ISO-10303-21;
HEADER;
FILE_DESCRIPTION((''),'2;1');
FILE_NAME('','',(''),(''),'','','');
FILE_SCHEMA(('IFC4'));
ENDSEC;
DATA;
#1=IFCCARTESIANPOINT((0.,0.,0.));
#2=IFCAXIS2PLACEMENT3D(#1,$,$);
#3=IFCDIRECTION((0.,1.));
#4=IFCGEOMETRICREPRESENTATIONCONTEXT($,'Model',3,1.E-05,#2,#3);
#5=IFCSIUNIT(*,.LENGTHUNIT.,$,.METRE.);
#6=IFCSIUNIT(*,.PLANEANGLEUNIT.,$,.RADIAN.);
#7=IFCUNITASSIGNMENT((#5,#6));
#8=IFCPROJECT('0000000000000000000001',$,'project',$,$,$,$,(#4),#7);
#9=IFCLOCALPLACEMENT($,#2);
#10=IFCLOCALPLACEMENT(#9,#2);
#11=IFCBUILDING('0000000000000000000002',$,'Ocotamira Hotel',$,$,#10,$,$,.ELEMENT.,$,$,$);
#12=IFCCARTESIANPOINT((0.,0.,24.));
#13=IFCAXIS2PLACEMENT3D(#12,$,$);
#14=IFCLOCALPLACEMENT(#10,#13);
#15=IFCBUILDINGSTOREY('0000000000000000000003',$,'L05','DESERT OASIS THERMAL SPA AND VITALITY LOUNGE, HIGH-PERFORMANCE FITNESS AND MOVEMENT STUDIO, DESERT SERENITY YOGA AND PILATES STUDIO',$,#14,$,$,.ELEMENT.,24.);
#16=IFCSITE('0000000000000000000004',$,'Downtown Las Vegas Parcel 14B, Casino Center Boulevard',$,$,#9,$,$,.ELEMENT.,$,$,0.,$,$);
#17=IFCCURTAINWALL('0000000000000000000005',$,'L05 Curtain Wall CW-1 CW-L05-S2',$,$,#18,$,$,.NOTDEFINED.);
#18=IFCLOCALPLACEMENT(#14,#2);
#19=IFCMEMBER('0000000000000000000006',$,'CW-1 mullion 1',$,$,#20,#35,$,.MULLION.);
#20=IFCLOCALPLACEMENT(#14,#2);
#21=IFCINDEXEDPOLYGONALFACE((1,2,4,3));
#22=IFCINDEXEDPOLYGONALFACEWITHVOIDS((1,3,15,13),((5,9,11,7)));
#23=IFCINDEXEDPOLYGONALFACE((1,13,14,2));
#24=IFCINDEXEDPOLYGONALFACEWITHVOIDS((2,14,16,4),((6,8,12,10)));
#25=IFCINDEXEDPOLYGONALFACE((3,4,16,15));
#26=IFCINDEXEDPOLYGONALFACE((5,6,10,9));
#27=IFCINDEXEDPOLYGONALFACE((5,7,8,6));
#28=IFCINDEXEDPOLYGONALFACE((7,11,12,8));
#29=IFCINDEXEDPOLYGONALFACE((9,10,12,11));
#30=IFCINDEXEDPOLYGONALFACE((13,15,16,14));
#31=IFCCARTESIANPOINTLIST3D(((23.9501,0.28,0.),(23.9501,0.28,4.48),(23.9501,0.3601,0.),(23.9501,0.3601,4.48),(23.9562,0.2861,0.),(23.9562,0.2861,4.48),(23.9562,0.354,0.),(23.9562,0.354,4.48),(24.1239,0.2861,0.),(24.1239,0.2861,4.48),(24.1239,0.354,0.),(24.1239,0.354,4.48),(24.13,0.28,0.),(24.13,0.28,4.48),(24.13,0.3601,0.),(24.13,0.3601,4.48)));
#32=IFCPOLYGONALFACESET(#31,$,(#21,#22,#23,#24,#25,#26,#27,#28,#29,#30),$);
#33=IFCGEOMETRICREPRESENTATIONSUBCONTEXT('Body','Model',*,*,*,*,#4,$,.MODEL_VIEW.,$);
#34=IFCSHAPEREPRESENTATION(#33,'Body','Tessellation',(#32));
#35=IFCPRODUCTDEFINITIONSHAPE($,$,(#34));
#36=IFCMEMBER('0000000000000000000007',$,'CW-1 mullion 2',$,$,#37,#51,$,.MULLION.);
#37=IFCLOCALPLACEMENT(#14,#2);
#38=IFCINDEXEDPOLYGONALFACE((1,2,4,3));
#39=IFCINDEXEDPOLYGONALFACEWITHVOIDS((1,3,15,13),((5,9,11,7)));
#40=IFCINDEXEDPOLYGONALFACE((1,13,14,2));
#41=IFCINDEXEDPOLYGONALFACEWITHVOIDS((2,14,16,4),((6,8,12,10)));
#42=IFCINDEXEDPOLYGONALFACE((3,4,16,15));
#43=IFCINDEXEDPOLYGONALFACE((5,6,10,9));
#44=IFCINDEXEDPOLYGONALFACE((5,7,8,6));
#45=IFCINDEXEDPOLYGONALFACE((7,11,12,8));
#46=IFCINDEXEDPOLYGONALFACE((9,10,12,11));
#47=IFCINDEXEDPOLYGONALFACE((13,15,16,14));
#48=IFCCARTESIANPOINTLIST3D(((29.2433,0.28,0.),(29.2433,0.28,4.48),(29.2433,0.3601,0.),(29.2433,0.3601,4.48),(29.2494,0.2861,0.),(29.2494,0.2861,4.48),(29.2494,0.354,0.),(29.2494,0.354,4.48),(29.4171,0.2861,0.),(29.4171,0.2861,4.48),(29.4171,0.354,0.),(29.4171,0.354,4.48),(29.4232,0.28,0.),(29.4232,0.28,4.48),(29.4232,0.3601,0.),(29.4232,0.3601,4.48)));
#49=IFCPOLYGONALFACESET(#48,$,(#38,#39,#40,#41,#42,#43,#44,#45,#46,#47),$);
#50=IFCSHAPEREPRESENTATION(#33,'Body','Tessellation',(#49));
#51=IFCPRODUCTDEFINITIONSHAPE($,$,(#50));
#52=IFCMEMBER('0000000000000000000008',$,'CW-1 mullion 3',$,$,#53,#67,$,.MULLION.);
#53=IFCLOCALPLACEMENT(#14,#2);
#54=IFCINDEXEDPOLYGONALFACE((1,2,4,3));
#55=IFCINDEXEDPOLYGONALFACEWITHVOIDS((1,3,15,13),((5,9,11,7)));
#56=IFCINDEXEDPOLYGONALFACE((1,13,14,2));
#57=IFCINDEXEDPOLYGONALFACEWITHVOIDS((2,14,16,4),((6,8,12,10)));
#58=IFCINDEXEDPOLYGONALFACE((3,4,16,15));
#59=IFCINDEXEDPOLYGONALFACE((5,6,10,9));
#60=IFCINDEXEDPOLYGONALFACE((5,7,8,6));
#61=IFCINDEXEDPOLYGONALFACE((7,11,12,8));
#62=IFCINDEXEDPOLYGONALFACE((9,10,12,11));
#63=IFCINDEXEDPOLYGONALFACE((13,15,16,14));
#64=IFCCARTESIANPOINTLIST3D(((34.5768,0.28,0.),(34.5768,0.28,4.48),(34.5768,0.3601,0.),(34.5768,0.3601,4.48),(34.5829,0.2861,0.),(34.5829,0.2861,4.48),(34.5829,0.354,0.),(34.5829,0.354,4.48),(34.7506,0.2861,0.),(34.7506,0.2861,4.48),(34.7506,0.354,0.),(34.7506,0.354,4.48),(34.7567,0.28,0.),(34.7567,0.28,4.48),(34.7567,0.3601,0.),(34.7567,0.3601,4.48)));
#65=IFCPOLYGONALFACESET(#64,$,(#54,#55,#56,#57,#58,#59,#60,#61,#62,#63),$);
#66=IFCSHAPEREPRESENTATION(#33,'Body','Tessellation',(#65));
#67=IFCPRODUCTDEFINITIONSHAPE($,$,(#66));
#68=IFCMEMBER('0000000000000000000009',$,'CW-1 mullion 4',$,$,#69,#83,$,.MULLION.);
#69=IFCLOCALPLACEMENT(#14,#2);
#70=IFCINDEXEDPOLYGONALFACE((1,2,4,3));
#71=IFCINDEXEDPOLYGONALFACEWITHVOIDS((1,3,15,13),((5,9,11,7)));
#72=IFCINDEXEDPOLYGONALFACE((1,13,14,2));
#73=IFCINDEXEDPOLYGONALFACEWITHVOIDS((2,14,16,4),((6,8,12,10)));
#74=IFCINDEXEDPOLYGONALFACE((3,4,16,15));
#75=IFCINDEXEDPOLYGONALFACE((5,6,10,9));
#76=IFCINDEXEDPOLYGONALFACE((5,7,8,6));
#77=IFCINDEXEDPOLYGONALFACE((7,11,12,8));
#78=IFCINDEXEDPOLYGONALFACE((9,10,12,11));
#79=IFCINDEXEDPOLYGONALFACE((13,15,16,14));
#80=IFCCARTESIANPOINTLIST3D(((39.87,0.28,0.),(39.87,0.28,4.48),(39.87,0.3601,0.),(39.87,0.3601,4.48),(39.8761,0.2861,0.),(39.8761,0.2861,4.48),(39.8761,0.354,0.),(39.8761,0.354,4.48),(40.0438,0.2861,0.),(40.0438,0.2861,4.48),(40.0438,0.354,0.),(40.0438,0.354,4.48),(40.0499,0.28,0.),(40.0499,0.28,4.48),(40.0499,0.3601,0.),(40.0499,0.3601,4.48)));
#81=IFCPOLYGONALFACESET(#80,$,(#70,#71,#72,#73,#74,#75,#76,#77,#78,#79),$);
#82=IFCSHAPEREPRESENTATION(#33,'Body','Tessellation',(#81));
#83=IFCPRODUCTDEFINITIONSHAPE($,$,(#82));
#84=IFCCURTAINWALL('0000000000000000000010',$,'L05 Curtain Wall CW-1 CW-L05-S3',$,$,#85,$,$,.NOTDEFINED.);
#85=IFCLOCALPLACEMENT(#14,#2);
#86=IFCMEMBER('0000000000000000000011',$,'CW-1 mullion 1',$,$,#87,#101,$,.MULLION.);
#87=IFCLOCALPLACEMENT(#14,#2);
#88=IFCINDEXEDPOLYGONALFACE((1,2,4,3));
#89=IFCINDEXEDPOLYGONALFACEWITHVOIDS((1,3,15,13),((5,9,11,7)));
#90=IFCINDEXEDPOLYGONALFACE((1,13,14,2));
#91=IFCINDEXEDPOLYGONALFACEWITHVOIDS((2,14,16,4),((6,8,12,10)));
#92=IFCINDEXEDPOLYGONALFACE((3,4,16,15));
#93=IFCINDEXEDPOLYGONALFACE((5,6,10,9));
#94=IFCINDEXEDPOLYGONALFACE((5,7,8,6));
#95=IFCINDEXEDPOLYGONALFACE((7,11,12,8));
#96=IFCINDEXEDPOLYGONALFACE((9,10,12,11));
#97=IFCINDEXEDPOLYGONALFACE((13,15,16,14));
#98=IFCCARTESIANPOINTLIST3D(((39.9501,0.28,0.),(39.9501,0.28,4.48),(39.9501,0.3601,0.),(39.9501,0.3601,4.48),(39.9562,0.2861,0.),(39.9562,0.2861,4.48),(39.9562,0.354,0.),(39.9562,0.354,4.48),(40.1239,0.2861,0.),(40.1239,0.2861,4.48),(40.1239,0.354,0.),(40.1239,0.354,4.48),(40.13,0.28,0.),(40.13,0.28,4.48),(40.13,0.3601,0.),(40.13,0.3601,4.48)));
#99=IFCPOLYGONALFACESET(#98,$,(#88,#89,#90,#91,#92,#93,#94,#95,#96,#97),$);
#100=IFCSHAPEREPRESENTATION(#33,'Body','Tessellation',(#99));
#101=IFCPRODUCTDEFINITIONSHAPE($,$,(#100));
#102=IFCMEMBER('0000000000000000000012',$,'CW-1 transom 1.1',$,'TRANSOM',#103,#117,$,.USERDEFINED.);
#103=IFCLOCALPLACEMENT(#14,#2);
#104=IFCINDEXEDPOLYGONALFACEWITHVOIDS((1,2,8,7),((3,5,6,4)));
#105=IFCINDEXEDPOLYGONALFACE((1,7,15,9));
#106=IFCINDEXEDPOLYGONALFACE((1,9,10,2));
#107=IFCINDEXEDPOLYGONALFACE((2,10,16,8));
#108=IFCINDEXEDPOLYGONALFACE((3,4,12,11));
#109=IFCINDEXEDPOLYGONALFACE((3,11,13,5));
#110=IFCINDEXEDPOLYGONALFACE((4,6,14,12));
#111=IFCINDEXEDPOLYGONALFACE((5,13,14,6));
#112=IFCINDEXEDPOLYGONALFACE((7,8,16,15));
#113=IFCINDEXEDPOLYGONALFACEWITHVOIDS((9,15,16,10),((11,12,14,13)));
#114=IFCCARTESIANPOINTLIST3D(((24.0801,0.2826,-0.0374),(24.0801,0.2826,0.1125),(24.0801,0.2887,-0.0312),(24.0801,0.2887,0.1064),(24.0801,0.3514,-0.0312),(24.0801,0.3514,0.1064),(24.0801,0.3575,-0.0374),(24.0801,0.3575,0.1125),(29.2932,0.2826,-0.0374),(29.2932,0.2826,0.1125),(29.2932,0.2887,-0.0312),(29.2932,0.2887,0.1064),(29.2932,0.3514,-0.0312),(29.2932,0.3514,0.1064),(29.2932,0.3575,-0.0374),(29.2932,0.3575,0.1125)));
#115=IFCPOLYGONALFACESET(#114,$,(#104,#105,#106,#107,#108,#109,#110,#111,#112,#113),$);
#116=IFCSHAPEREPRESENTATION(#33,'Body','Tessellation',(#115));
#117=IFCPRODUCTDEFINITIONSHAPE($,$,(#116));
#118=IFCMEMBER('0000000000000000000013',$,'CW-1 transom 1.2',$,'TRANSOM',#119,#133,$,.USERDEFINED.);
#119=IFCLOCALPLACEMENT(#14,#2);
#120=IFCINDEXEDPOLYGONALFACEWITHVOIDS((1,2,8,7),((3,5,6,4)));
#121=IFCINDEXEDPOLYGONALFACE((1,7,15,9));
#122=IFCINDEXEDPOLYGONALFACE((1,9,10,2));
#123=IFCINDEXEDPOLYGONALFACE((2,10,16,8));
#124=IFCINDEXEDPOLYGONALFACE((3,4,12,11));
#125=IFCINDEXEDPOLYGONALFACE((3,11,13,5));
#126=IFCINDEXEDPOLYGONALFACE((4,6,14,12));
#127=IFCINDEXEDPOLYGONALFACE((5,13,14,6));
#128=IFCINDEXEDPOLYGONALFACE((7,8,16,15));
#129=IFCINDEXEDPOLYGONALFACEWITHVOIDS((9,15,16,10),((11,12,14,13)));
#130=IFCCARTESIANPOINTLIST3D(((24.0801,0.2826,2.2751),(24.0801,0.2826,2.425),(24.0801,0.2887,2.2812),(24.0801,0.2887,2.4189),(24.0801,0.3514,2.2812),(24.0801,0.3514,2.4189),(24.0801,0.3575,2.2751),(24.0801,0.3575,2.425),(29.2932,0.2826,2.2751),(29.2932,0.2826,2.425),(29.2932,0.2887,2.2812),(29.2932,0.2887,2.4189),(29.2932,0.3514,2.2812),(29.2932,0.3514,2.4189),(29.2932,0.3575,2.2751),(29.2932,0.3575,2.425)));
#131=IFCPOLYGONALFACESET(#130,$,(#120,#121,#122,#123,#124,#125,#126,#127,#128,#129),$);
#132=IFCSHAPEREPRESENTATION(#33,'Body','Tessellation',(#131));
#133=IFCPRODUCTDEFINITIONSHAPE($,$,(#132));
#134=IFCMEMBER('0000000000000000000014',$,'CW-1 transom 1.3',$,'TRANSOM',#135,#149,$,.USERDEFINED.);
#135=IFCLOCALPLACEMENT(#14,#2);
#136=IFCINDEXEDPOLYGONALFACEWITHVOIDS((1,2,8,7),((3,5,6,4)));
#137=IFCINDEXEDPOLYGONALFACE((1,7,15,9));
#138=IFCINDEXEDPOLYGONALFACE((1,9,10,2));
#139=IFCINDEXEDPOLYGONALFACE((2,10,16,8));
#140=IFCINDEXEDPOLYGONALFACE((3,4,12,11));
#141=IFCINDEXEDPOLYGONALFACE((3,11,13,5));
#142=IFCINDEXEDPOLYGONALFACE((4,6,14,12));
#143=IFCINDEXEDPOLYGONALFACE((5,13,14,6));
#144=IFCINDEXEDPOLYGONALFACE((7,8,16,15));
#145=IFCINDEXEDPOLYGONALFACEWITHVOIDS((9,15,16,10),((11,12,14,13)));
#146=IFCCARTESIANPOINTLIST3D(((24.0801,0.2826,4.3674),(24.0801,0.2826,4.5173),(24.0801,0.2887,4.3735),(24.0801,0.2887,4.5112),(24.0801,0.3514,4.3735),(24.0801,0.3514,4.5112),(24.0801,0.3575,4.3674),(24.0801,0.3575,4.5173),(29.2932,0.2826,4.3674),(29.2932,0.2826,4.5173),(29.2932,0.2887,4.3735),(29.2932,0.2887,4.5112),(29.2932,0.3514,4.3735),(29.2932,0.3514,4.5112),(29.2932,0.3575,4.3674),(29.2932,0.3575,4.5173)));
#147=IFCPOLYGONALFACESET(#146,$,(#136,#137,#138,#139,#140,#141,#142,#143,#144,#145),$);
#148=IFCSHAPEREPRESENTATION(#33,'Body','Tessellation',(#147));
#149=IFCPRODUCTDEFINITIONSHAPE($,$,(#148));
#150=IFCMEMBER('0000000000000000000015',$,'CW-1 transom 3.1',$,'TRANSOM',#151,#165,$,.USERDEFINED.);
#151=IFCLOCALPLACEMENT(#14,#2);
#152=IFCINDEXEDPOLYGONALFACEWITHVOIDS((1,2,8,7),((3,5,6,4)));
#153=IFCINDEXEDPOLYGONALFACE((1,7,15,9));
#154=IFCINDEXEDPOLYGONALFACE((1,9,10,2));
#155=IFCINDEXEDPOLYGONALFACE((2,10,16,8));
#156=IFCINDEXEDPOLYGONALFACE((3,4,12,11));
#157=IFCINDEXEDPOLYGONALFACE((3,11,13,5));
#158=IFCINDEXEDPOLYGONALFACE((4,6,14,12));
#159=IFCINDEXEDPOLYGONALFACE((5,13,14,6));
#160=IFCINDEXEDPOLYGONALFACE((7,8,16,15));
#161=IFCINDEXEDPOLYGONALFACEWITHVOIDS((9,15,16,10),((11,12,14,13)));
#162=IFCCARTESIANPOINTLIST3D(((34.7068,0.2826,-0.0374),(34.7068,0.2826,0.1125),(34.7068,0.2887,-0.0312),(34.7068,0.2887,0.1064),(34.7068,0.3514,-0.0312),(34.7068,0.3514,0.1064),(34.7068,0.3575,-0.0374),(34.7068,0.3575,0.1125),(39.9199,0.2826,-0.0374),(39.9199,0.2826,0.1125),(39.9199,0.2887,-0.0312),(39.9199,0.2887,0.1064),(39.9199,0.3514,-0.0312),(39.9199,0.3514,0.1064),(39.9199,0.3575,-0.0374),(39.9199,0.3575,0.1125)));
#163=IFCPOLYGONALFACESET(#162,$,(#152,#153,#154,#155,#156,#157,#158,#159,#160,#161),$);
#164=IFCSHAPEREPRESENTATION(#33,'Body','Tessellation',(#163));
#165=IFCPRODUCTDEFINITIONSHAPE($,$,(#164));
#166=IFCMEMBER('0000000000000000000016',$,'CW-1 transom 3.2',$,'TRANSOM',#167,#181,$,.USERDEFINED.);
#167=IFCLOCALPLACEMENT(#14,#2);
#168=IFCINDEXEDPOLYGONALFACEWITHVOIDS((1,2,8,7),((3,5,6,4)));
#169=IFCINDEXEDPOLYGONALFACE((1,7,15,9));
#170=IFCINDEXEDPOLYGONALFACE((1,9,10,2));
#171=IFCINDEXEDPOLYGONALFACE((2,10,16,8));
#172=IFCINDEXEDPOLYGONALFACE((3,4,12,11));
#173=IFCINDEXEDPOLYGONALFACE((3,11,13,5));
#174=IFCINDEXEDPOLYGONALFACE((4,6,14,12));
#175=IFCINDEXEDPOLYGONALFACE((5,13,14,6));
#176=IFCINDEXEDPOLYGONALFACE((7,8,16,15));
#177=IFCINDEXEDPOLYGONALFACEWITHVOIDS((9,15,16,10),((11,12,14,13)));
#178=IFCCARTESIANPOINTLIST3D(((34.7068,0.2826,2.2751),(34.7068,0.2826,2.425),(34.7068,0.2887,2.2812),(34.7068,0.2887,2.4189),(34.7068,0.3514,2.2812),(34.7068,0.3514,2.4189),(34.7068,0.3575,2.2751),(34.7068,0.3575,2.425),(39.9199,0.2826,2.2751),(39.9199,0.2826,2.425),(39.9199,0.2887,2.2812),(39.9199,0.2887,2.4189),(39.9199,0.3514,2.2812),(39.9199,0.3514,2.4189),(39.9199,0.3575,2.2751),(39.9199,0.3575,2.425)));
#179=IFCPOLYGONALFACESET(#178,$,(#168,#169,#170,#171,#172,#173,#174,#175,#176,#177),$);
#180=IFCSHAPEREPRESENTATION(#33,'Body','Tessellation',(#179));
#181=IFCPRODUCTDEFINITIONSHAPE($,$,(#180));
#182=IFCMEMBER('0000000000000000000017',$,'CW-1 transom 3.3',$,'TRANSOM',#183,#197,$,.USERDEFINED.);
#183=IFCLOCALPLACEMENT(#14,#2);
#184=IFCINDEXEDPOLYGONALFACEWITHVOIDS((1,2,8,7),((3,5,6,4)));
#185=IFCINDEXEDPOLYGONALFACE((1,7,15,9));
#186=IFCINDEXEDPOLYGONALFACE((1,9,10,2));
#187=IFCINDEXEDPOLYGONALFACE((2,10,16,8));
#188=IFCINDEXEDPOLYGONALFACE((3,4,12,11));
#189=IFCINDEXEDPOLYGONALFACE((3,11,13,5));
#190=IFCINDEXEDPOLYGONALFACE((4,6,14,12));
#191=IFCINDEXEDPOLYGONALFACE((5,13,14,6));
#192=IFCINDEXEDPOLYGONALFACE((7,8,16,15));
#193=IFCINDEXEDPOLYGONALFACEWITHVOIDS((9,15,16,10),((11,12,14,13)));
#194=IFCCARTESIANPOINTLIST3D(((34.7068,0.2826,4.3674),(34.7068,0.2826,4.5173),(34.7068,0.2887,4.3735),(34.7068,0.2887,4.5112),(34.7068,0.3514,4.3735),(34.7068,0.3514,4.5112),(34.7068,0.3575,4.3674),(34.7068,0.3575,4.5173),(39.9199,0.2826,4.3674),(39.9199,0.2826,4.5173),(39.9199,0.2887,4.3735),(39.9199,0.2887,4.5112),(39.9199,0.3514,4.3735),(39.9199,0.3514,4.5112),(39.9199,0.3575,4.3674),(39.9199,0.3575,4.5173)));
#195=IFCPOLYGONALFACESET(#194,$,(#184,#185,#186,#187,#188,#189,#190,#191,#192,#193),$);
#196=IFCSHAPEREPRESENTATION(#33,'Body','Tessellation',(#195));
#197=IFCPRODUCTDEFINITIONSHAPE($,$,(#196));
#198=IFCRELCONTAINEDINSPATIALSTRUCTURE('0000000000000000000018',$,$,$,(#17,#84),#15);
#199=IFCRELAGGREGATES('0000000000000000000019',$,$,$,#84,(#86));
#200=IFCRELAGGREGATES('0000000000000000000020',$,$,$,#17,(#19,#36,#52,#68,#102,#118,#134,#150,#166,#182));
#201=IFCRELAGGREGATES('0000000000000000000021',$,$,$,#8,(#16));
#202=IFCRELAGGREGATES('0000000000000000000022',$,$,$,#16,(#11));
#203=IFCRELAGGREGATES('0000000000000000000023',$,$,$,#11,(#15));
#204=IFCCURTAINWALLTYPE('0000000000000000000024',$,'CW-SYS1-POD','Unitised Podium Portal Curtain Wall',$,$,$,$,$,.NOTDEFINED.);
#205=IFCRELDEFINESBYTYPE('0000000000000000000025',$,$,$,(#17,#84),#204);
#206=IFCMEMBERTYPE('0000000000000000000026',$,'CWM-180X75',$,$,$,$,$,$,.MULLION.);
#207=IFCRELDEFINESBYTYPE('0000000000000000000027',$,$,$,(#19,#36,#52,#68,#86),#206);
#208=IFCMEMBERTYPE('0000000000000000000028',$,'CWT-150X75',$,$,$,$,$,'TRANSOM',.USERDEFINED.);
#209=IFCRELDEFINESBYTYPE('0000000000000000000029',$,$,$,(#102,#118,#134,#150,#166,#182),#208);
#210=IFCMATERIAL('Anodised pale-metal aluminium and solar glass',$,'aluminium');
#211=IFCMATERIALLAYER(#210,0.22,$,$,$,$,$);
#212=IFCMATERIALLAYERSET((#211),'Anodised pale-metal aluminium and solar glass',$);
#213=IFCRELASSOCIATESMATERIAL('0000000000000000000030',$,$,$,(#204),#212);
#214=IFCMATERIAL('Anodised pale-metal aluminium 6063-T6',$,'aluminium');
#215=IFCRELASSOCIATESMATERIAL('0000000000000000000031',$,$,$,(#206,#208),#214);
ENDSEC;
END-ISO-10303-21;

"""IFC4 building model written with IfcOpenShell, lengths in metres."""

from ifc_helpers import new_model, si_unit, direction, frame, origin, origin_2d, place, context, subcontext, project, spatial, hollow_rectangle, extrude, source, transform, mapped, material, layer, layer_set, material_profile, profile_set, type_object, element, aggregate, save


model = new_model("IFC4")

# Units and contexts
model_context = context("Model", 3, precision=1e-05, world=origin(), true_north=direction((0.0, 1.0)))
body_context = subcontext(model_context, "Body", "Model", "MODEL_VIEW")
ifc_project = project(units=[si_unit("LENGTHUNIT", "METRE"), si_unit("PLANEANGLEUNIT", "RADIAN")], contexts=[model_context])

# Site, building, storey
site_placement = place(None, origin())
site = spatial("IfcSite", under=ifc_project, at=site_placement, Name="Downtown Las Vegas Parcel 14B, Casino Center Boulevard", CompositionType="ELEMENT", RefElevation=0.0)
building_placement = place(site_placement, origin())
building = spatial("IfcBuilding", under=site, at=building_placement, Name="Ocotamira Hotel", CompositionType="ELEMENT")
storey_placement = place(building_placement, frame((0.0, 0.0, 24.0)))
storey = spatial("IfcBuildingStorey", under=building, at=storey_placement, Name="L05", Description="DESERT OASIS THERMAL SPA AND VITALITY LOUNGE, HIGH-PERFORMANCE FITNESS AND MOVEMENT STUDIO, DESERT SERENITY YOGA AND PILATES STUDIO", CompositionType="ELEMENT", Elevation=24.0)

# Curtain wall, members
ifc_material_1 = material(Name="Anodised pale-metal aluminium and solar glass", Category="aluminium")
ifc_layer_1 = layer(ifc_material_1, 0.22)
ifc_layer_set_1 = layer_set([ifc_layer_1], Name="Anodised pale-metal aluminium and solar glass")
curtain_wall_type = type_object("IfcCurtainWallType", Name="CW-SYS1-POD", Description="Unitised Podium Portal Curtain Wall", PredefinedType="NOTDEFINED", material=ifc_layer_set_1)
curtain_wall_1_placement = place(storey_placement, origin())
curtain_wall_1 = element("IfcCurtainWall", 1, at=curtain_wall_1_placement, inside=storey, type_object=curtain_wall_type, Name="L05 Curtain Wall CW-1 CW-L05-S2", PredefinedType="NOTDEFINED")
ifc_material_2 = material(Name="Anodised pale-metal aluminium 6063-T6", Category="aluminium")
ifc_material_profile_1 = material_profile(ifc_material_2, hollow_rectangle(XDim=0.0801, YDim=0.1799, WallThickness=0.0061, at=origin_2d()), Name="HSS180X80X6")
ifc_profile_set_1 = profile_set([ifc_material_profile_1], Name="Anodised pale-metal aluminium 6063-T6")
member_type_1 = type_object("IfcMemberType", Name="CWM-180X75", PredefinedType="MULLION", material=ifc_profile_set_1)
shared_shape_1 = source(origin(), body_context, "Body", "SweptSolid", [
    extrude(hollow_rectangle(XDim=0.0801, YDim=0.1799, WallThickness=0.0061, at=origin_2d()), origin(), (0.0, 0.0, 1.0), 4.48),
])
member_1_placement = place(storey_placement, frame((24.04, 0.3201, 0.0), z_axis=(0.0, 0.0, 1.0), x_axis=(0.0, 1.0, 0.0)))
member_1 = element("IfcMember", 2, at=member_1_placement, type_object=member_type_1, Name="CW-1 mullion 1", PredefinedType="MULLION", context=body_context, shape_type="MappedRepresentation", body=[
    mapped(shared_shape_1, transform((0.0, 0.0, 0.0), scale=1.0)),
])
member_2_placement = place(storey_placement, frame((29.3333, 0.3201, 0.0), z_axis=(0.0, 0.0, 1.0), x_axis=(0.0, 1.0, 0.0)))
member_2 = element("IfcMember", 3, at=member_2_placement, type_object=member_type_1, Name="CW-1 mullion 2", PredefinedType="MULLION", context=body_context, shape_type="MappedRepresentation", body=[
    mapped(shared_shape_1, transform((0.0, 0.0, 0.0), scale=1.0)),
])
member_3_placement = place(storey_placement, frame((34.6667, 0.3201, 0.0), z_axis=(0.0, 0.0, 1.0), x_axis=(0.0, 1.0, 0.0)))
member_3 = element("IfcMember", 4, at=member_3_placement, type_object=member_type_1, Name="CW-1 mullion 3", PredefinedType="MULLION", context=body_context, shape_type="MappedRepresentation", body=[
    mapped(shared_shape_1, transform((0.0, 0.0, 0.0), scale=1.0)),
])
member_4_placement = place(storey_placement, frame((39.96, 0.3201, 0.0), z_axis=(0.0, 0.0, 1.0), x_axis=(0.0, 1.0, 0.0)))
member_4 = element("IfcMember", 5, at=member_4_placement, type_object=member_type_1, Name="CW-1 mullion 4", PredefinedType="MULLION", context=body_context, shape_type="MappedRepresentation", body=[
    mapped(shared_shape_1, transform((0.0, 0.0, 0.0), scale=1.0)),
])

# Curtain wall, member
curtain_wall_2_placement = place(storey_placement, origin())
curtain_wall_2 = element("IfcCurtainWall", 6, at=curtain_wall_2_placement, inside=storey, type_object=curtain_wall_type, Name="L05 Curtain Wall CW-1 CW-L05-S3", PredefinedType="NOTDEFINED")
member_5_placement = place(storey_placement, frame((40.04, 0.3201, 0.0), z_axis=(0.0, 0.0, 1.0), x_axis=(0.0, 1.0, 0.0)))
member_5 = element("IfcMember", 7, at=member_5_placement, type_object=member_type_1, Name="CW-1 mullion 1", PredefinedType="MULLION", context=body_context, shape_type="MappedRepresentation", body=[
    mapped(shared_shape_1, transform((0.0, 0.0, 0.0), scale=1.0)),
])

# Members
ifc_material_profile_2 = material_profile(ifc_material_2, hollow_rectangle(XDim=0.075, YDim=0.1499, WallThickness=0.0061, at=origin_2d()), Name="HSS150X75X6")
ifc_profile_set_2 = profile_set([ifc_material_profile_2], Name="Anodised pale-metal aluminium 6063-T6")
member_type_2 = type_object("IfcMemberType", Name="CWT-150X75", ElementType="TRANSOM", PredefinedType="USERDEFINED", material=ifc_profile_set_2)
shared_shape_2 = source(origin(), body_context, "Body", "SweptSolid", [
    extrude(hollow_rectangle(XDim=0.075, YDim=0.1499, WallThickness=0.0061, at=origin_2d()), origin(), (0.0, 0.0, 1.0), 5.2131),
])
member_6_placement = place(storey_placement, frame((24.0801, 0.3201, 0.0376), z_axis=(1.0, 0.0, 0.0), x_axis=(0.0, 1.0, 0.0)))
member_6 = element("IfcMember", 8, at=member_6_placement, type_object=member_type_2, Name="CW-1 transom 1.1", ObjectType="TRANSOM", PredefinedType="USERDEFINED", context=body_context, shape_type="MappedRepresentation", body=[
    mapped(shared_shape_2, transform((0.0, 0.0, 0.0), scale=1.0)),
])
member_7_placement = place(storey_placement, frame((24.0801, 0.3201, 2.3501), z_axis=(1.0, 0.0, 0.0), x_axis=(0.0, 1.0, 0.0)))
member_7 = element("IfcMember", 9, at=member_7_placement, type_object=member_type_2, Name="CW-1 transom 1.2", ObjectType="TRANSOM", PredefinedType="USERDEFINED", context=body_context, shape_type="MappedRepresentation", body=[
    mapped(shared_shape_2, transform((0.0, 0.0, 0.0), scale=1.0)),
])
member_8_placement = place(storey_placement, frame((24.0801, 0.3201, 4.4424), z_axis=(1.0, 0.0, 0.0), x_axis=(0.0, 1.0, 0.0)))
member_8 = element("IfcMember", 10, at=member_8_placement, type_object=member_type_2, Name="CW-1 transom 1.3", ObjectType="TRANSOM", PredefinedType="USERDEFINED", context=body_context, shape_type="MappedRepresentation", body=[
    mapped(shared_shape_2, transform((0.0, 0.0, 0.0), scale=1.0)),
])
member_9_placement = place(storey_placement, frame((34.7068, 0.3201, 0.0376), z_axis=(1.0, 0.0, 0.0), x_axis=(0.0, 1.0, 0.0)))
member_9 = element("IfcMember", 11, at=member_9_placement, type_object=member_type_2, Name="CW-1 transom 3.1", ObjectType="TRANSOM", PredefinedType="USERDEFINED", context=body_context, shape_type="MappedRepresentation", body=[
    mapped(shared_shape_2, transform((0.0, 0.0, 0.0), scale=1.0)),
])
member_10_placement = place(storey_placement, frame((34.7068, 0.3201, 2.3501), z_axis=(1.0, 0.0, 0.0), x_axis=(0.0, 1.0, 0.0)))
member_10 = element("IfcMember", 12, at=member_10_placement, type_object=member_type_2, Name="CW-1 transom 3.2", ObjectType="TRANSOM", PredefinedType="USERDEFINED", context=body_context, shape_type="MappedRepresentation", body=[
    mapped(shared_shape_2, transform((0.0, 0.0, 0.0), scale=1.0)),
])
member_11_placement = place(storey_placement, frame((34.7068, 0.3201, 4.4424), z_axis=(1.0, 0.0, 0.0), x_axis=(0.0, 1.0, 0.0)))
member_11 = element("IfcMember", 13, at=member_11_placement, type_object=member_type_2, Name="CW-1 transom 3.3", ObjectType="TRANSOM", PredefinedType="USERDEFINED", context=body_context, shape_type="MappedRepresentation", body=[
    mapped(shared_shape_2, transform((0.0, 0.0, 0.0), scale=1.0)),
])
aggregate(curtain_wall_2, [member_5])

aggregate(curtain_wall_1, [member_1, member_2, member_3, member_4, member_6, member_7, member_8, member_9, member_10, member_11])

save(model, "model.ifc")
